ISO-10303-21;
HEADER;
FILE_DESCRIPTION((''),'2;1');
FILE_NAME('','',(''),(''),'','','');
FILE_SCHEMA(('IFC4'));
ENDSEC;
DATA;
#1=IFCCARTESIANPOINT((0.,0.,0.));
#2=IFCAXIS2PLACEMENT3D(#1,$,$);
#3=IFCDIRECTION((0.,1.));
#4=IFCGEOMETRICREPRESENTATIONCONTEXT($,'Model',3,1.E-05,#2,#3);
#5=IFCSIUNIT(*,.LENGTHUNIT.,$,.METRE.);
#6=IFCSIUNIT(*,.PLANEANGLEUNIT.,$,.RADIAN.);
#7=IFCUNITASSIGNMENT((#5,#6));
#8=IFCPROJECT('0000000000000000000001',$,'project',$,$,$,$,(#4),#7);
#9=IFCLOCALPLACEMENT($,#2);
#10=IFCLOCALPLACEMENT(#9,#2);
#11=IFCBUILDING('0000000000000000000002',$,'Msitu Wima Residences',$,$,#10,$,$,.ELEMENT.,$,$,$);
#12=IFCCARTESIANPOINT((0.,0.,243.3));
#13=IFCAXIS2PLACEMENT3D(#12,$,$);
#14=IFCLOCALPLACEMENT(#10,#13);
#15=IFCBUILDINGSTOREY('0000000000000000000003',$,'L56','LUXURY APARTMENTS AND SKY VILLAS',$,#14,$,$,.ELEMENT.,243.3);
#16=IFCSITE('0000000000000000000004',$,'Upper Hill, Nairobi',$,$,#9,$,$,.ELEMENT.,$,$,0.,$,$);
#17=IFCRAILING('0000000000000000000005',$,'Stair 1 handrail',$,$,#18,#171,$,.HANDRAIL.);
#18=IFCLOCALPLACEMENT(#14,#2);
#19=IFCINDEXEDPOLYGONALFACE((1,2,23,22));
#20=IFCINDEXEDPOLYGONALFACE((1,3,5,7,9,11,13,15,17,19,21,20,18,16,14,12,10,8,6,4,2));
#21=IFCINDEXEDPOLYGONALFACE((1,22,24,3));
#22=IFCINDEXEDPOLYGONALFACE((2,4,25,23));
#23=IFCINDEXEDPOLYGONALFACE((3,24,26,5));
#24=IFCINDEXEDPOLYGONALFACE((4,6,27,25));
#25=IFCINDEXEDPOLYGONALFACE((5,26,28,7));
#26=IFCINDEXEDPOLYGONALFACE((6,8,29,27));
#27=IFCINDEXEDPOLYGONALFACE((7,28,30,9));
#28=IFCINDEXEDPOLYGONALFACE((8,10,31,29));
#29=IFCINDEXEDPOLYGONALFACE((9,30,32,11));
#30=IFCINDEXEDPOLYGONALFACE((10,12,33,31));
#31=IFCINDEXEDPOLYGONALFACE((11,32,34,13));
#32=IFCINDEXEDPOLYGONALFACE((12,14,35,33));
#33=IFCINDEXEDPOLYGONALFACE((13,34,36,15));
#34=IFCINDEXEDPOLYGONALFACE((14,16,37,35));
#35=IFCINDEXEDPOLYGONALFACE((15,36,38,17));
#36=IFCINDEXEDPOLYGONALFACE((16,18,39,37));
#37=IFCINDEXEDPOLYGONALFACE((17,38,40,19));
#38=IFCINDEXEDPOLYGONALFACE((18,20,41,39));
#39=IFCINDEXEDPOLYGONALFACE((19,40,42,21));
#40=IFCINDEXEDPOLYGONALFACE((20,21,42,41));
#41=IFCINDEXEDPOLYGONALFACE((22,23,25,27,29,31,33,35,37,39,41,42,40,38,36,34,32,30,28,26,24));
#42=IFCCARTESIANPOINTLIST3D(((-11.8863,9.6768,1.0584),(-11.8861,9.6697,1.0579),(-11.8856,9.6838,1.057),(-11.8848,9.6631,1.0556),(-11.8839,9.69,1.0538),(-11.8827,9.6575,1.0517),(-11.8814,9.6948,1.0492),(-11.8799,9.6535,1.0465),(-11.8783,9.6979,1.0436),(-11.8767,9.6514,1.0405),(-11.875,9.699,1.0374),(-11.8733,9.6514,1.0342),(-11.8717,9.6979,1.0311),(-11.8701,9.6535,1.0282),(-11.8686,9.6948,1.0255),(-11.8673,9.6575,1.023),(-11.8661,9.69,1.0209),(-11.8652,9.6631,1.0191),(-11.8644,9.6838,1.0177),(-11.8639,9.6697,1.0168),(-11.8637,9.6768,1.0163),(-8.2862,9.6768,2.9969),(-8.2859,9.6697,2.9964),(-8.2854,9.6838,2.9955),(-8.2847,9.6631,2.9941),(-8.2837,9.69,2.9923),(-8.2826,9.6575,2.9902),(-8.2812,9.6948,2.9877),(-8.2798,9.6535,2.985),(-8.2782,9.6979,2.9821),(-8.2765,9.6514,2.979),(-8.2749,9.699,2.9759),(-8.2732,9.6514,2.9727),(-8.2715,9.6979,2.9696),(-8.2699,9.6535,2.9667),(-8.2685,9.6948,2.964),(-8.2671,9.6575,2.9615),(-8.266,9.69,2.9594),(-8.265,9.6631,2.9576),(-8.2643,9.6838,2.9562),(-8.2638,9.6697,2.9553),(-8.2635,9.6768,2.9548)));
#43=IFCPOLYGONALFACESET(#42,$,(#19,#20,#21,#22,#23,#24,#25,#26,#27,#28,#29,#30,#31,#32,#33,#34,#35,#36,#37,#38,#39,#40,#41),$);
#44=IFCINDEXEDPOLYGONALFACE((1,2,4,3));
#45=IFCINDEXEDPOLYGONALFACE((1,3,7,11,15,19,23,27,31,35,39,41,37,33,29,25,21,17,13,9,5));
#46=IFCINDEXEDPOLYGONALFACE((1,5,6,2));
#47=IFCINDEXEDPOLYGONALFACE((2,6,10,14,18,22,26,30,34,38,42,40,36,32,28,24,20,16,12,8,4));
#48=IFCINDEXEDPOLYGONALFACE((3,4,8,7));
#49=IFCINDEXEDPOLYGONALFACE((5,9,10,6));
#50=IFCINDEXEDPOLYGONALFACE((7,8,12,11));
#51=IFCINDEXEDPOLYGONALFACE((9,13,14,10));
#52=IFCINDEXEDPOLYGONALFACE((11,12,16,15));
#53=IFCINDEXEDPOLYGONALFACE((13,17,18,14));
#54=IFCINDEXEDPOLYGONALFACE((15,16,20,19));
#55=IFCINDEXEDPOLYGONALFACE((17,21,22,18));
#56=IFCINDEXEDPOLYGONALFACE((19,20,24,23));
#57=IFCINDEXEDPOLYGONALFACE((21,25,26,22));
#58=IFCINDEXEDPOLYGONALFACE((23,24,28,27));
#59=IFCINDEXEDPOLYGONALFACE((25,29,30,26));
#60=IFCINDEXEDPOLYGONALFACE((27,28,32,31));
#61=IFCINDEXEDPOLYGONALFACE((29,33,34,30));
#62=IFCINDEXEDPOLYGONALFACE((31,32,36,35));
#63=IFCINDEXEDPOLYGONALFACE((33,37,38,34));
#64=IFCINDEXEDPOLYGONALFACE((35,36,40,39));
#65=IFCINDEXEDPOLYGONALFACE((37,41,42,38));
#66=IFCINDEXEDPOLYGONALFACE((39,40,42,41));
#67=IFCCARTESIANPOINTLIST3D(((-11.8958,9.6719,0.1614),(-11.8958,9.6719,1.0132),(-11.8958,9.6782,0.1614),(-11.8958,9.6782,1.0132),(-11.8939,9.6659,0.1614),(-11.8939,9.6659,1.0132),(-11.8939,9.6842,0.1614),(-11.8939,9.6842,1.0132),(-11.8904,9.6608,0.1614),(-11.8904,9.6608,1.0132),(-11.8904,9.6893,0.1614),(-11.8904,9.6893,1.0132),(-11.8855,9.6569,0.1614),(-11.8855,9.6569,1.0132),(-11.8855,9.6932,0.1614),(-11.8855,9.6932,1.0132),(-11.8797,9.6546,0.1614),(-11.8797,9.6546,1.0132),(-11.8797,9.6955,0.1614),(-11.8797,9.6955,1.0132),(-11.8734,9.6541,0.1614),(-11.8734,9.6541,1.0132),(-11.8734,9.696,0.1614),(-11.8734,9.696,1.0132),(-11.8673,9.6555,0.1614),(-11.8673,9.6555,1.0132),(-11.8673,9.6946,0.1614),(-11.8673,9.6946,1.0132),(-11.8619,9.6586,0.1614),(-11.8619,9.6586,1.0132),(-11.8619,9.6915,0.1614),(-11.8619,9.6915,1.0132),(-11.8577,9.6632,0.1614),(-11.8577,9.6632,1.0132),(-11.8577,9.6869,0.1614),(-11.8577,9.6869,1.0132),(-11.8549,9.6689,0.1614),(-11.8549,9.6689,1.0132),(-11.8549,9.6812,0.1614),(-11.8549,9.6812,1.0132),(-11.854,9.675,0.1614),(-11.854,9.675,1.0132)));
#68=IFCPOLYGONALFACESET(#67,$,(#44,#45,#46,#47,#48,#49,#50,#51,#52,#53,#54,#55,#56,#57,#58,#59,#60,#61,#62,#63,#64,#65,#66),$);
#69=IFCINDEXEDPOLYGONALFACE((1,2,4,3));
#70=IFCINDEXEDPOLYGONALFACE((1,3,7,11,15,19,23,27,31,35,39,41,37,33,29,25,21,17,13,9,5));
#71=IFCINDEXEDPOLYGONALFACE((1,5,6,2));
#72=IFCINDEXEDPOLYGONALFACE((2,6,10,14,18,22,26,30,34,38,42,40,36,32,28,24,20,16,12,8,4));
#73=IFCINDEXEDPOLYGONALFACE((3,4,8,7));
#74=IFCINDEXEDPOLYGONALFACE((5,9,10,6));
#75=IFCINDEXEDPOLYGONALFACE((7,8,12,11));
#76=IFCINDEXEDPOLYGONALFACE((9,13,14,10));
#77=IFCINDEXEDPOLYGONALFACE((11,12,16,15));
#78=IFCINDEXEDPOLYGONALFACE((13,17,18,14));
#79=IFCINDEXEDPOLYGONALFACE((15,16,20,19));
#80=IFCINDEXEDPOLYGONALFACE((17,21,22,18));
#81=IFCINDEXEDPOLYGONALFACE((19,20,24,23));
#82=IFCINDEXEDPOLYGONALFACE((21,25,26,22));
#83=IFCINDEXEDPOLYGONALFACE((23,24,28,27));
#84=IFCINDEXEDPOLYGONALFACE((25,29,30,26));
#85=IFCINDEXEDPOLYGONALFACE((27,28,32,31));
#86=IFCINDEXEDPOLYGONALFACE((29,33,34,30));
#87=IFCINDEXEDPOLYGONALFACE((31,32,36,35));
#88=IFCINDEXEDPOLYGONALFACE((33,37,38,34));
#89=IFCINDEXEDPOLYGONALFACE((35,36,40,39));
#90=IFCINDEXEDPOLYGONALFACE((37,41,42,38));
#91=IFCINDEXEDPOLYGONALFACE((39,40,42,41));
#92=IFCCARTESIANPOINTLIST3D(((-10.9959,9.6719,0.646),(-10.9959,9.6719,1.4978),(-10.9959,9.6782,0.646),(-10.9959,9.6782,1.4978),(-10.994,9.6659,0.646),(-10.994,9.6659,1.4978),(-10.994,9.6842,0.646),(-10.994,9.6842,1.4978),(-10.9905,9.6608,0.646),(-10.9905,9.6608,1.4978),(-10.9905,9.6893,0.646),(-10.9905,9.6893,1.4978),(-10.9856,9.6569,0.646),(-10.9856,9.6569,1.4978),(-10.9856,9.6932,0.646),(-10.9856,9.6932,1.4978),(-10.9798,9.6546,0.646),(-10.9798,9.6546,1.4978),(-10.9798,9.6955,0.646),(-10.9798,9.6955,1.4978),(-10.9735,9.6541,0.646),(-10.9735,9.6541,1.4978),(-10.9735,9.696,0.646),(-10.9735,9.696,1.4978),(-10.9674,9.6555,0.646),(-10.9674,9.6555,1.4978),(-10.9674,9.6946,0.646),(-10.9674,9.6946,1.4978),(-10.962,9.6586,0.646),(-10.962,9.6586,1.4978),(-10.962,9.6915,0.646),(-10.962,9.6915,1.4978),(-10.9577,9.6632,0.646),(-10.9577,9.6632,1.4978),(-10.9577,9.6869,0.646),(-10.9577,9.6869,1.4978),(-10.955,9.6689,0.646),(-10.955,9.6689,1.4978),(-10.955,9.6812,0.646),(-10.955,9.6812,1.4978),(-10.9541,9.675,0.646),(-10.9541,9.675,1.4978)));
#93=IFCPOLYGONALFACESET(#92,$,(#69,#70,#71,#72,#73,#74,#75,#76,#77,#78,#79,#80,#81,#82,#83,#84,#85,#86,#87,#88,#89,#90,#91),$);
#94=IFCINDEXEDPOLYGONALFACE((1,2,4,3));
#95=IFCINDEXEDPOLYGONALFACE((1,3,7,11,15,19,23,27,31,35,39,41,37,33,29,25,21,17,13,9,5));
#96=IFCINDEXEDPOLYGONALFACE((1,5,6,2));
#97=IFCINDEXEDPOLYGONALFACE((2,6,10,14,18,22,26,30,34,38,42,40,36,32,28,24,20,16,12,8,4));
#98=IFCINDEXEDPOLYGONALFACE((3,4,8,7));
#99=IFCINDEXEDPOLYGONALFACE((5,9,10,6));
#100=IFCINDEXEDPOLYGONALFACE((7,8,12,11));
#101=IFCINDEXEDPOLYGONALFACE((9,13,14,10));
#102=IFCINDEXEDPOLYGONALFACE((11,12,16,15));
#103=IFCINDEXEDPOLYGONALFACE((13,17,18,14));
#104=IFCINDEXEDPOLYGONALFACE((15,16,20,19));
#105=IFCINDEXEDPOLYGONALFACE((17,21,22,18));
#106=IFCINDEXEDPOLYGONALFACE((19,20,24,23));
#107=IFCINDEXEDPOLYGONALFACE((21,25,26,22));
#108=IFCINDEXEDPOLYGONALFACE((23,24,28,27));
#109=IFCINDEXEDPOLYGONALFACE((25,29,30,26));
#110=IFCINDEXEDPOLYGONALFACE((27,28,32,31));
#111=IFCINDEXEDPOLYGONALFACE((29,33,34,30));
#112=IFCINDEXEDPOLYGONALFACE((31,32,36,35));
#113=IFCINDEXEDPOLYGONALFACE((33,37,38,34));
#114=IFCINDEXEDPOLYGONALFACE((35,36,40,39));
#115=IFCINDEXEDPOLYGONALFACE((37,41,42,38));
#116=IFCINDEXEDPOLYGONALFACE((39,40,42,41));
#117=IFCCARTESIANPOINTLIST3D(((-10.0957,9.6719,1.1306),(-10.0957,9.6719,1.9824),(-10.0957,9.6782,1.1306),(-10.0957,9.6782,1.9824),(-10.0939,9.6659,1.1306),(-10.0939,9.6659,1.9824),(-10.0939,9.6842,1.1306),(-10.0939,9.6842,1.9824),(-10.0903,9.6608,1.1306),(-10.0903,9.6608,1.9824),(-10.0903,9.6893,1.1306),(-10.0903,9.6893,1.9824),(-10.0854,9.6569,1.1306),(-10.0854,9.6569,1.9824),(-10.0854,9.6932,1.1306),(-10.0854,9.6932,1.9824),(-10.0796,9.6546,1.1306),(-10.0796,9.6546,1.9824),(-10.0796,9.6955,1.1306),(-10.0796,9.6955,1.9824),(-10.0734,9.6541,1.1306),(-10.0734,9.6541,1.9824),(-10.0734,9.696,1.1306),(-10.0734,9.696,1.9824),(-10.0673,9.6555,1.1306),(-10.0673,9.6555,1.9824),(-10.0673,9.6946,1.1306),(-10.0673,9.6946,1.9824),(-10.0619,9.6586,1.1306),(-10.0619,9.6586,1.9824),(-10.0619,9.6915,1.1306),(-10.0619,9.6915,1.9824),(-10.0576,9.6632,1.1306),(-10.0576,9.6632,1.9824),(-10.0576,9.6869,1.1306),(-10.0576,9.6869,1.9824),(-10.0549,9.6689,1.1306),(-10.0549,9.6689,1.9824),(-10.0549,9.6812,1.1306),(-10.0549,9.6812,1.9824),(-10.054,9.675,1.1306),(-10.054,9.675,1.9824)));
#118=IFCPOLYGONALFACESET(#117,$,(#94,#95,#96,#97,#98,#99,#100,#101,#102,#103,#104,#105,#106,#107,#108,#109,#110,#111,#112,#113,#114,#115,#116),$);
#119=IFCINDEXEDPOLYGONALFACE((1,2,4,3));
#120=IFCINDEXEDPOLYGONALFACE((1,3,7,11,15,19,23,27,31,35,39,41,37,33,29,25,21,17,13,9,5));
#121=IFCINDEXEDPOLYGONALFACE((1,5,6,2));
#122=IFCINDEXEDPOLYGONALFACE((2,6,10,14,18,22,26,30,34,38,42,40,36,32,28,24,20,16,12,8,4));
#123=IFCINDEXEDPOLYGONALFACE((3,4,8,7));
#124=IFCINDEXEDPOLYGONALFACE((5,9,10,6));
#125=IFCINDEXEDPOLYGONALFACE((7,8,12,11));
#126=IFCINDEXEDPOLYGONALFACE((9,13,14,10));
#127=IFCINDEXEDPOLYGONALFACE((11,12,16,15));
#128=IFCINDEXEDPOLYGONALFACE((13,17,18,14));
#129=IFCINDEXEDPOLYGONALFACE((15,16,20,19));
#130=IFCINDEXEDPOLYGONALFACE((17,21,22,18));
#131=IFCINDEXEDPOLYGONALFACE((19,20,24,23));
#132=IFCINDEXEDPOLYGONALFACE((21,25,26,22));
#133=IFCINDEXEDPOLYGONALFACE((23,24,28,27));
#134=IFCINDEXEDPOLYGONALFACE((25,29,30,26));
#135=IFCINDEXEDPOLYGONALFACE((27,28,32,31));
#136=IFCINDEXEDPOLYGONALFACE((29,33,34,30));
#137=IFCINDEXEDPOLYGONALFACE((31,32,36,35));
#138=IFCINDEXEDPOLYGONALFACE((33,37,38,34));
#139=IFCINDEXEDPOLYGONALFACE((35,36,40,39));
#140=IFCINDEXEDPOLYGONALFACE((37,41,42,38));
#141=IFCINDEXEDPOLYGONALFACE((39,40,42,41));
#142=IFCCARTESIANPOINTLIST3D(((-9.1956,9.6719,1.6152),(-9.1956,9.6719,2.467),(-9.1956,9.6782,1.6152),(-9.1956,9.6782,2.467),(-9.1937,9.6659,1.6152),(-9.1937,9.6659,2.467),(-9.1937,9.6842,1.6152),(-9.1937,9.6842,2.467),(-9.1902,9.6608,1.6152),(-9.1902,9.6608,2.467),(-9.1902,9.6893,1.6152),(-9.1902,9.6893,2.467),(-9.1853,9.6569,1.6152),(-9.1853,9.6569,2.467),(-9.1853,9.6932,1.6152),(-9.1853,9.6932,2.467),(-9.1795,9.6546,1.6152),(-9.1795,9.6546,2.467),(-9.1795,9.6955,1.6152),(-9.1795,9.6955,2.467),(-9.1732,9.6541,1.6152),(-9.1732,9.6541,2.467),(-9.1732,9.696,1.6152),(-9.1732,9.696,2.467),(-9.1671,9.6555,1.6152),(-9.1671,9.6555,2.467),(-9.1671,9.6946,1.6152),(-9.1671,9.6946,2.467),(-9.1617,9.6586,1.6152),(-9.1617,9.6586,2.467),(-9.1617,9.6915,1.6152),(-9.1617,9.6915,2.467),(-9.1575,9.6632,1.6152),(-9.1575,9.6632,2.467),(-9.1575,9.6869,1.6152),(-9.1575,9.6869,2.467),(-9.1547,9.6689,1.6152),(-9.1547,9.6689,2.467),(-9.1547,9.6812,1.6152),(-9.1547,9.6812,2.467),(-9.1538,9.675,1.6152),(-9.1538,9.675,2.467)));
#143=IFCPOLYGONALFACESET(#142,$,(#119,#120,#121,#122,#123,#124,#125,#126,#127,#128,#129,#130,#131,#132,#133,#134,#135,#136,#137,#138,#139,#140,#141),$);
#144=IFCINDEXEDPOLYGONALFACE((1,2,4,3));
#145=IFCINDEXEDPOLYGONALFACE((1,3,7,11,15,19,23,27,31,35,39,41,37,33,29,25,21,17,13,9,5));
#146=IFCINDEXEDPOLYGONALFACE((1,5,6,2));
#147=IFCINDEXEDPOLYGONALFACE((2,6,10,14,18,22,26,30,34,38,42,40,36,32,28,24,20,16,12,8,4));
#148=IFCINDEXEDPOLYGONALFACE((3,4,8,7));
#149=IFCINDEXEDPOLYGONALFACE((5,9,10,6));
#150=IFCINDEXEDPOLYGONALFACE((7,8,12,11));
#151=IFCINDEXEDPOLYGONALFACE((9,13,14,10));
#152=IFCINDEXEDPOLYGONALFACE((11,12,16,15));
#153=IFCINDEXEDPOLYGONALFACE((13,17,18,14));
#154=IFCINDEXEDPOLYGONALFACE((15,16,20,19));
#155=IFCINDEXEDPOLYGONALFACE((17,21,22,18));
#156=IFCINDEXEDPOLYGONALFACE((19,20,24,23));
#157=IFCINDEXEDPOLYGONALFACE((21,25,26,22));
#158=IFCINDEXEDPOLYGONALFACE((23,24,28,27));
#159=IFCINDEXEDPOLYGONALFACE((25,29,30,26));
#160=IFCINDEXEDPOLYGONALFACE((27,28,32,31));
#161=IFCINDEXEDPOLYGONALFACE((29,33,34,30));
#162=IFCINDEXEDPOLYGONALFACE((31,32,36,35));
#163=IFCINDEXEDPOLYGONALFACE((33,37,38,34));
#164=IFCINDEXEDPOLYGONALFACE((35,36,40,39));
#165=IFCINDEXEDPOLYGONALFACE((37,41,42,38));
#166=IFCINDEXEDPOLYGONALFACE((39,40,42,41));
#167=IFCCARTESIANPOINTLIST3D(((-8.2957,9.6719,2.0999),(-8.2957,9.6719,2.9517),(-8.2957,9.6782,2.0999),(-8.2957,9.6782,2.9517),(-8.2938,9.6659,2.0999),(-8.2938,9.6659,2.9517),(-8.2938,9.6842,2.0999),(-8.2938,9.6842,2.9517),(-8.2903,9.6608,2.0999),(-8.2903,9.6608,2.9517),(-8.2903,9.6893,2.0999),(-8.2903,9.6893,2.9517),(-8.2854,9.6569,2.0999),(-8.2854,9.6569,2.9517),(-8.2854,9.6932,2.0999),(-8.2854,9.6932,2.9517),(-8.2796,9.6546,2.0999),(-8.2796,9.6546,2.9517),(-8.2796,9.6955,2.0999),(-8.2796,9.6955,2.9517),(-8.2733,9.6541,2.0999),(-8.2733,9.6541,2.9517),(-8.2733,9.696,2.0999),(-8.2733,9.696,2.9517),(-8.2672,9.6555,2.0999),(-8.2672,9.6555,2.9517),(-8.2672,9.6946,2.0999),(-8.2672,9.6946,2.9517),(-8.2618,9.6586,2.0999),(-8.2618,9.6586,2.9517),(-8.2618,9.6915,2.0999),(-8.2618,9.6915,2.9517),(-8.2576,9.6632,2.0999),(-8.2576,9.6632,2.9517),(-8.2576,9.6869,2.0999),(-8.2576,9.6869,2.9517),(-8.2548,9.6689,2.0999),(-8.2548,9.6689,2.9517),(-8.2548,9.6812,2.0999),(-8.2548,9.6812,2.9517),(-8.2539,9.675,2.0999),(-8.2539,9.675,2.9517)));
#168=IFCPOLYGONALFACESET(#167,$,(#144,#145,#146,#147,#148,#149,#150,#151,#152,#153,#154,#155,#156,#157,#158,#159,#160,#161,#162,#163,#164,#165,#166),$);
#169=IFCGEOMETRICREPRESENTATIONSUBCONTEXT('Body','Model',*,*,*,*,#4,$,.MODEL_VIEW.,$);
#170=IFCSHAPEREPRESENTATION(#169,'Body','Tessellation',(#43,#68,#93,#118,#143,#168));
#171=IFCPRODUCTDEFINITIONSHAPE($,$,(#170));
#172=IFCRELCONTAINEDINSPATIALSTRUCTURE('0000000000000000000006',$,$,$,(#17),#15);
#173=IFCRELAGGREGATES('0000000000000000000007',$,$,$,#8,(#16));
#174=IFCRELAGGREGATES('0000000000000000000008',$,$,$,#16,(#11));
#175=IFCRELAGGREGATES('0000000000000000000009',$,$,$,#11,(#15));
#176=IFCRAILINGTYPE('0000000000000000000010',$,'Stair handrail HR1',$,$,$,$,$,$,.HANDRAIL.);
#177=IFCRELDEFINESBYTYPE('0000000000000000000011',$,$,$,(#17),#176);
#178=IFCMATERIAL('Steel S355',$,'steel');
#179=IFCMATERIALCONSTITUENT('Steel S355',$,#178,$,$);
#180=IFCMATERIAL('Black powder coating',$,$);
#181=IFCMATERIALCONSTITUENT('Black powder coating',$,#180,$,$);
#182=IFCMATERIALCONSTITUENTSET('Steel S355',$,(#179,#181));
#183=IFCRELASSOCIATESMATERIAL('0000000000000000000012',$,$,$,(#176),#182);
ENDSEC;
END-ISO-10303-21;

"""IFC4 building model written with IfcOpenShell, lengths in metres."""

from ifc_helpers import new_model, si_unit, direction, frame, origin, origin_2d, place, context, subcontext, project, spatial, circle, extrude, material, constituent, constituent_set, type_object, element, save


model = new_model("IFC4")

# Units and contexts
model_context = context("Model", 3, precision=1e-05, world=origin(), true_north=direction((0.0, 1.0)))
body_context = subcontext(model_context, "Body", "Model", "MODEL_VIEW")
ifc_project = project(units=[si_unit("LENGTHUNIT", "METRE"), si_unit("PLANEANGLEUNIT", "RADIAN")], contexts=[model_context])

# Site, building, storey
site_placement = place(None, origin())
site = spatial("IfcSite", under=ifc_project, at=site_placement, Name="Upper Hill, Nairobi", CompositionType="ELEMENT", RefElevation=0.0)
building_placement = place(site_placement, origin())
building = spatial("IfcBuilding", under=site, at=building_placement, Name="Msitu Wima Residences", CompositionType="ELEMENT")
storey_placement = place(building_placement, frame((0.0, 0.0, 243.3)))
storey = spatial("IfcBuildingStorey", under=building, at=storey_placement, Name="L56", Description="LUXURY APARTMENTS AND SKY VILLAS", CompositionType="ELEMENT", Elevation=243.3)

# Railing
ifc_material_1 = material(Name="Steel S355", Category="steel")
ifc_constituent_1 = constituent(ifc_material_1, Name="Steel S355")
ifc_material_2 = material(Name="Black powder coating")
ifc_constituent_2 = constituent(ifc_material_2, Name="Black powder coating")
ifc_constituent_set = constituent_set(constituents=[ifc_constituent_1, ifc_constituent_2], Name="Steel S355")
railing_type = type_object("IfcRailingType", Name="Stair handrail HR1", PredefinedType="HANDRAIL", material=ifc_constituent_set)
for number, where, name in (
    (1, (-11.875, 9.675, 0.1614), "Stair 1 handrail"),
):
    element("IfcRailing", number, at=place(storey_placement, frame(where)), inside=storey, type_object=railing_type, Name=name, PredefinedType="HANDRAIL", context=body_context, shape_type="SweptSolid", body=[
        extrude(circle(Radius=0.0239, at=origin_2d()), frame((0.0, 0.0, 0.876), z_axis=(0.880475, 0.0, 0.474093), x_axis=(0.0, 1.0, 0.0)), (0.0, 0.0, 1.0), 4.0889),
        extrude(circle(Radius=0.021, at=origin_2d()), origin(), (0.0, 0.0, 1.0), 0.8518),
        extrude(circle(Radius=0.021, at=origin_2d()), frame((0.8999, 0.0, 0.4846)), (0.0, 0.0, 1.0), 0.8518),
        extrude(circle(Radius=0.021, at=origin_2d()), frame((1.8, 0.0, 0.9692)), (0.0, 0.0, 1.0), 0.8518),
        extrude(circle(Radius=0.021, at=origin_2d()), frame((2.7002, 0.0, 1.4539)), (0.0, 0.0, 1.0), 0.8518),
        extrude(circle(Radius=0.021, at=origin_2d()), frame((3.6001, 0.0, 1.9385)), (0.0, 0.0, 1.0), 0.8518),
    ])

save(model, "model.ifc")
